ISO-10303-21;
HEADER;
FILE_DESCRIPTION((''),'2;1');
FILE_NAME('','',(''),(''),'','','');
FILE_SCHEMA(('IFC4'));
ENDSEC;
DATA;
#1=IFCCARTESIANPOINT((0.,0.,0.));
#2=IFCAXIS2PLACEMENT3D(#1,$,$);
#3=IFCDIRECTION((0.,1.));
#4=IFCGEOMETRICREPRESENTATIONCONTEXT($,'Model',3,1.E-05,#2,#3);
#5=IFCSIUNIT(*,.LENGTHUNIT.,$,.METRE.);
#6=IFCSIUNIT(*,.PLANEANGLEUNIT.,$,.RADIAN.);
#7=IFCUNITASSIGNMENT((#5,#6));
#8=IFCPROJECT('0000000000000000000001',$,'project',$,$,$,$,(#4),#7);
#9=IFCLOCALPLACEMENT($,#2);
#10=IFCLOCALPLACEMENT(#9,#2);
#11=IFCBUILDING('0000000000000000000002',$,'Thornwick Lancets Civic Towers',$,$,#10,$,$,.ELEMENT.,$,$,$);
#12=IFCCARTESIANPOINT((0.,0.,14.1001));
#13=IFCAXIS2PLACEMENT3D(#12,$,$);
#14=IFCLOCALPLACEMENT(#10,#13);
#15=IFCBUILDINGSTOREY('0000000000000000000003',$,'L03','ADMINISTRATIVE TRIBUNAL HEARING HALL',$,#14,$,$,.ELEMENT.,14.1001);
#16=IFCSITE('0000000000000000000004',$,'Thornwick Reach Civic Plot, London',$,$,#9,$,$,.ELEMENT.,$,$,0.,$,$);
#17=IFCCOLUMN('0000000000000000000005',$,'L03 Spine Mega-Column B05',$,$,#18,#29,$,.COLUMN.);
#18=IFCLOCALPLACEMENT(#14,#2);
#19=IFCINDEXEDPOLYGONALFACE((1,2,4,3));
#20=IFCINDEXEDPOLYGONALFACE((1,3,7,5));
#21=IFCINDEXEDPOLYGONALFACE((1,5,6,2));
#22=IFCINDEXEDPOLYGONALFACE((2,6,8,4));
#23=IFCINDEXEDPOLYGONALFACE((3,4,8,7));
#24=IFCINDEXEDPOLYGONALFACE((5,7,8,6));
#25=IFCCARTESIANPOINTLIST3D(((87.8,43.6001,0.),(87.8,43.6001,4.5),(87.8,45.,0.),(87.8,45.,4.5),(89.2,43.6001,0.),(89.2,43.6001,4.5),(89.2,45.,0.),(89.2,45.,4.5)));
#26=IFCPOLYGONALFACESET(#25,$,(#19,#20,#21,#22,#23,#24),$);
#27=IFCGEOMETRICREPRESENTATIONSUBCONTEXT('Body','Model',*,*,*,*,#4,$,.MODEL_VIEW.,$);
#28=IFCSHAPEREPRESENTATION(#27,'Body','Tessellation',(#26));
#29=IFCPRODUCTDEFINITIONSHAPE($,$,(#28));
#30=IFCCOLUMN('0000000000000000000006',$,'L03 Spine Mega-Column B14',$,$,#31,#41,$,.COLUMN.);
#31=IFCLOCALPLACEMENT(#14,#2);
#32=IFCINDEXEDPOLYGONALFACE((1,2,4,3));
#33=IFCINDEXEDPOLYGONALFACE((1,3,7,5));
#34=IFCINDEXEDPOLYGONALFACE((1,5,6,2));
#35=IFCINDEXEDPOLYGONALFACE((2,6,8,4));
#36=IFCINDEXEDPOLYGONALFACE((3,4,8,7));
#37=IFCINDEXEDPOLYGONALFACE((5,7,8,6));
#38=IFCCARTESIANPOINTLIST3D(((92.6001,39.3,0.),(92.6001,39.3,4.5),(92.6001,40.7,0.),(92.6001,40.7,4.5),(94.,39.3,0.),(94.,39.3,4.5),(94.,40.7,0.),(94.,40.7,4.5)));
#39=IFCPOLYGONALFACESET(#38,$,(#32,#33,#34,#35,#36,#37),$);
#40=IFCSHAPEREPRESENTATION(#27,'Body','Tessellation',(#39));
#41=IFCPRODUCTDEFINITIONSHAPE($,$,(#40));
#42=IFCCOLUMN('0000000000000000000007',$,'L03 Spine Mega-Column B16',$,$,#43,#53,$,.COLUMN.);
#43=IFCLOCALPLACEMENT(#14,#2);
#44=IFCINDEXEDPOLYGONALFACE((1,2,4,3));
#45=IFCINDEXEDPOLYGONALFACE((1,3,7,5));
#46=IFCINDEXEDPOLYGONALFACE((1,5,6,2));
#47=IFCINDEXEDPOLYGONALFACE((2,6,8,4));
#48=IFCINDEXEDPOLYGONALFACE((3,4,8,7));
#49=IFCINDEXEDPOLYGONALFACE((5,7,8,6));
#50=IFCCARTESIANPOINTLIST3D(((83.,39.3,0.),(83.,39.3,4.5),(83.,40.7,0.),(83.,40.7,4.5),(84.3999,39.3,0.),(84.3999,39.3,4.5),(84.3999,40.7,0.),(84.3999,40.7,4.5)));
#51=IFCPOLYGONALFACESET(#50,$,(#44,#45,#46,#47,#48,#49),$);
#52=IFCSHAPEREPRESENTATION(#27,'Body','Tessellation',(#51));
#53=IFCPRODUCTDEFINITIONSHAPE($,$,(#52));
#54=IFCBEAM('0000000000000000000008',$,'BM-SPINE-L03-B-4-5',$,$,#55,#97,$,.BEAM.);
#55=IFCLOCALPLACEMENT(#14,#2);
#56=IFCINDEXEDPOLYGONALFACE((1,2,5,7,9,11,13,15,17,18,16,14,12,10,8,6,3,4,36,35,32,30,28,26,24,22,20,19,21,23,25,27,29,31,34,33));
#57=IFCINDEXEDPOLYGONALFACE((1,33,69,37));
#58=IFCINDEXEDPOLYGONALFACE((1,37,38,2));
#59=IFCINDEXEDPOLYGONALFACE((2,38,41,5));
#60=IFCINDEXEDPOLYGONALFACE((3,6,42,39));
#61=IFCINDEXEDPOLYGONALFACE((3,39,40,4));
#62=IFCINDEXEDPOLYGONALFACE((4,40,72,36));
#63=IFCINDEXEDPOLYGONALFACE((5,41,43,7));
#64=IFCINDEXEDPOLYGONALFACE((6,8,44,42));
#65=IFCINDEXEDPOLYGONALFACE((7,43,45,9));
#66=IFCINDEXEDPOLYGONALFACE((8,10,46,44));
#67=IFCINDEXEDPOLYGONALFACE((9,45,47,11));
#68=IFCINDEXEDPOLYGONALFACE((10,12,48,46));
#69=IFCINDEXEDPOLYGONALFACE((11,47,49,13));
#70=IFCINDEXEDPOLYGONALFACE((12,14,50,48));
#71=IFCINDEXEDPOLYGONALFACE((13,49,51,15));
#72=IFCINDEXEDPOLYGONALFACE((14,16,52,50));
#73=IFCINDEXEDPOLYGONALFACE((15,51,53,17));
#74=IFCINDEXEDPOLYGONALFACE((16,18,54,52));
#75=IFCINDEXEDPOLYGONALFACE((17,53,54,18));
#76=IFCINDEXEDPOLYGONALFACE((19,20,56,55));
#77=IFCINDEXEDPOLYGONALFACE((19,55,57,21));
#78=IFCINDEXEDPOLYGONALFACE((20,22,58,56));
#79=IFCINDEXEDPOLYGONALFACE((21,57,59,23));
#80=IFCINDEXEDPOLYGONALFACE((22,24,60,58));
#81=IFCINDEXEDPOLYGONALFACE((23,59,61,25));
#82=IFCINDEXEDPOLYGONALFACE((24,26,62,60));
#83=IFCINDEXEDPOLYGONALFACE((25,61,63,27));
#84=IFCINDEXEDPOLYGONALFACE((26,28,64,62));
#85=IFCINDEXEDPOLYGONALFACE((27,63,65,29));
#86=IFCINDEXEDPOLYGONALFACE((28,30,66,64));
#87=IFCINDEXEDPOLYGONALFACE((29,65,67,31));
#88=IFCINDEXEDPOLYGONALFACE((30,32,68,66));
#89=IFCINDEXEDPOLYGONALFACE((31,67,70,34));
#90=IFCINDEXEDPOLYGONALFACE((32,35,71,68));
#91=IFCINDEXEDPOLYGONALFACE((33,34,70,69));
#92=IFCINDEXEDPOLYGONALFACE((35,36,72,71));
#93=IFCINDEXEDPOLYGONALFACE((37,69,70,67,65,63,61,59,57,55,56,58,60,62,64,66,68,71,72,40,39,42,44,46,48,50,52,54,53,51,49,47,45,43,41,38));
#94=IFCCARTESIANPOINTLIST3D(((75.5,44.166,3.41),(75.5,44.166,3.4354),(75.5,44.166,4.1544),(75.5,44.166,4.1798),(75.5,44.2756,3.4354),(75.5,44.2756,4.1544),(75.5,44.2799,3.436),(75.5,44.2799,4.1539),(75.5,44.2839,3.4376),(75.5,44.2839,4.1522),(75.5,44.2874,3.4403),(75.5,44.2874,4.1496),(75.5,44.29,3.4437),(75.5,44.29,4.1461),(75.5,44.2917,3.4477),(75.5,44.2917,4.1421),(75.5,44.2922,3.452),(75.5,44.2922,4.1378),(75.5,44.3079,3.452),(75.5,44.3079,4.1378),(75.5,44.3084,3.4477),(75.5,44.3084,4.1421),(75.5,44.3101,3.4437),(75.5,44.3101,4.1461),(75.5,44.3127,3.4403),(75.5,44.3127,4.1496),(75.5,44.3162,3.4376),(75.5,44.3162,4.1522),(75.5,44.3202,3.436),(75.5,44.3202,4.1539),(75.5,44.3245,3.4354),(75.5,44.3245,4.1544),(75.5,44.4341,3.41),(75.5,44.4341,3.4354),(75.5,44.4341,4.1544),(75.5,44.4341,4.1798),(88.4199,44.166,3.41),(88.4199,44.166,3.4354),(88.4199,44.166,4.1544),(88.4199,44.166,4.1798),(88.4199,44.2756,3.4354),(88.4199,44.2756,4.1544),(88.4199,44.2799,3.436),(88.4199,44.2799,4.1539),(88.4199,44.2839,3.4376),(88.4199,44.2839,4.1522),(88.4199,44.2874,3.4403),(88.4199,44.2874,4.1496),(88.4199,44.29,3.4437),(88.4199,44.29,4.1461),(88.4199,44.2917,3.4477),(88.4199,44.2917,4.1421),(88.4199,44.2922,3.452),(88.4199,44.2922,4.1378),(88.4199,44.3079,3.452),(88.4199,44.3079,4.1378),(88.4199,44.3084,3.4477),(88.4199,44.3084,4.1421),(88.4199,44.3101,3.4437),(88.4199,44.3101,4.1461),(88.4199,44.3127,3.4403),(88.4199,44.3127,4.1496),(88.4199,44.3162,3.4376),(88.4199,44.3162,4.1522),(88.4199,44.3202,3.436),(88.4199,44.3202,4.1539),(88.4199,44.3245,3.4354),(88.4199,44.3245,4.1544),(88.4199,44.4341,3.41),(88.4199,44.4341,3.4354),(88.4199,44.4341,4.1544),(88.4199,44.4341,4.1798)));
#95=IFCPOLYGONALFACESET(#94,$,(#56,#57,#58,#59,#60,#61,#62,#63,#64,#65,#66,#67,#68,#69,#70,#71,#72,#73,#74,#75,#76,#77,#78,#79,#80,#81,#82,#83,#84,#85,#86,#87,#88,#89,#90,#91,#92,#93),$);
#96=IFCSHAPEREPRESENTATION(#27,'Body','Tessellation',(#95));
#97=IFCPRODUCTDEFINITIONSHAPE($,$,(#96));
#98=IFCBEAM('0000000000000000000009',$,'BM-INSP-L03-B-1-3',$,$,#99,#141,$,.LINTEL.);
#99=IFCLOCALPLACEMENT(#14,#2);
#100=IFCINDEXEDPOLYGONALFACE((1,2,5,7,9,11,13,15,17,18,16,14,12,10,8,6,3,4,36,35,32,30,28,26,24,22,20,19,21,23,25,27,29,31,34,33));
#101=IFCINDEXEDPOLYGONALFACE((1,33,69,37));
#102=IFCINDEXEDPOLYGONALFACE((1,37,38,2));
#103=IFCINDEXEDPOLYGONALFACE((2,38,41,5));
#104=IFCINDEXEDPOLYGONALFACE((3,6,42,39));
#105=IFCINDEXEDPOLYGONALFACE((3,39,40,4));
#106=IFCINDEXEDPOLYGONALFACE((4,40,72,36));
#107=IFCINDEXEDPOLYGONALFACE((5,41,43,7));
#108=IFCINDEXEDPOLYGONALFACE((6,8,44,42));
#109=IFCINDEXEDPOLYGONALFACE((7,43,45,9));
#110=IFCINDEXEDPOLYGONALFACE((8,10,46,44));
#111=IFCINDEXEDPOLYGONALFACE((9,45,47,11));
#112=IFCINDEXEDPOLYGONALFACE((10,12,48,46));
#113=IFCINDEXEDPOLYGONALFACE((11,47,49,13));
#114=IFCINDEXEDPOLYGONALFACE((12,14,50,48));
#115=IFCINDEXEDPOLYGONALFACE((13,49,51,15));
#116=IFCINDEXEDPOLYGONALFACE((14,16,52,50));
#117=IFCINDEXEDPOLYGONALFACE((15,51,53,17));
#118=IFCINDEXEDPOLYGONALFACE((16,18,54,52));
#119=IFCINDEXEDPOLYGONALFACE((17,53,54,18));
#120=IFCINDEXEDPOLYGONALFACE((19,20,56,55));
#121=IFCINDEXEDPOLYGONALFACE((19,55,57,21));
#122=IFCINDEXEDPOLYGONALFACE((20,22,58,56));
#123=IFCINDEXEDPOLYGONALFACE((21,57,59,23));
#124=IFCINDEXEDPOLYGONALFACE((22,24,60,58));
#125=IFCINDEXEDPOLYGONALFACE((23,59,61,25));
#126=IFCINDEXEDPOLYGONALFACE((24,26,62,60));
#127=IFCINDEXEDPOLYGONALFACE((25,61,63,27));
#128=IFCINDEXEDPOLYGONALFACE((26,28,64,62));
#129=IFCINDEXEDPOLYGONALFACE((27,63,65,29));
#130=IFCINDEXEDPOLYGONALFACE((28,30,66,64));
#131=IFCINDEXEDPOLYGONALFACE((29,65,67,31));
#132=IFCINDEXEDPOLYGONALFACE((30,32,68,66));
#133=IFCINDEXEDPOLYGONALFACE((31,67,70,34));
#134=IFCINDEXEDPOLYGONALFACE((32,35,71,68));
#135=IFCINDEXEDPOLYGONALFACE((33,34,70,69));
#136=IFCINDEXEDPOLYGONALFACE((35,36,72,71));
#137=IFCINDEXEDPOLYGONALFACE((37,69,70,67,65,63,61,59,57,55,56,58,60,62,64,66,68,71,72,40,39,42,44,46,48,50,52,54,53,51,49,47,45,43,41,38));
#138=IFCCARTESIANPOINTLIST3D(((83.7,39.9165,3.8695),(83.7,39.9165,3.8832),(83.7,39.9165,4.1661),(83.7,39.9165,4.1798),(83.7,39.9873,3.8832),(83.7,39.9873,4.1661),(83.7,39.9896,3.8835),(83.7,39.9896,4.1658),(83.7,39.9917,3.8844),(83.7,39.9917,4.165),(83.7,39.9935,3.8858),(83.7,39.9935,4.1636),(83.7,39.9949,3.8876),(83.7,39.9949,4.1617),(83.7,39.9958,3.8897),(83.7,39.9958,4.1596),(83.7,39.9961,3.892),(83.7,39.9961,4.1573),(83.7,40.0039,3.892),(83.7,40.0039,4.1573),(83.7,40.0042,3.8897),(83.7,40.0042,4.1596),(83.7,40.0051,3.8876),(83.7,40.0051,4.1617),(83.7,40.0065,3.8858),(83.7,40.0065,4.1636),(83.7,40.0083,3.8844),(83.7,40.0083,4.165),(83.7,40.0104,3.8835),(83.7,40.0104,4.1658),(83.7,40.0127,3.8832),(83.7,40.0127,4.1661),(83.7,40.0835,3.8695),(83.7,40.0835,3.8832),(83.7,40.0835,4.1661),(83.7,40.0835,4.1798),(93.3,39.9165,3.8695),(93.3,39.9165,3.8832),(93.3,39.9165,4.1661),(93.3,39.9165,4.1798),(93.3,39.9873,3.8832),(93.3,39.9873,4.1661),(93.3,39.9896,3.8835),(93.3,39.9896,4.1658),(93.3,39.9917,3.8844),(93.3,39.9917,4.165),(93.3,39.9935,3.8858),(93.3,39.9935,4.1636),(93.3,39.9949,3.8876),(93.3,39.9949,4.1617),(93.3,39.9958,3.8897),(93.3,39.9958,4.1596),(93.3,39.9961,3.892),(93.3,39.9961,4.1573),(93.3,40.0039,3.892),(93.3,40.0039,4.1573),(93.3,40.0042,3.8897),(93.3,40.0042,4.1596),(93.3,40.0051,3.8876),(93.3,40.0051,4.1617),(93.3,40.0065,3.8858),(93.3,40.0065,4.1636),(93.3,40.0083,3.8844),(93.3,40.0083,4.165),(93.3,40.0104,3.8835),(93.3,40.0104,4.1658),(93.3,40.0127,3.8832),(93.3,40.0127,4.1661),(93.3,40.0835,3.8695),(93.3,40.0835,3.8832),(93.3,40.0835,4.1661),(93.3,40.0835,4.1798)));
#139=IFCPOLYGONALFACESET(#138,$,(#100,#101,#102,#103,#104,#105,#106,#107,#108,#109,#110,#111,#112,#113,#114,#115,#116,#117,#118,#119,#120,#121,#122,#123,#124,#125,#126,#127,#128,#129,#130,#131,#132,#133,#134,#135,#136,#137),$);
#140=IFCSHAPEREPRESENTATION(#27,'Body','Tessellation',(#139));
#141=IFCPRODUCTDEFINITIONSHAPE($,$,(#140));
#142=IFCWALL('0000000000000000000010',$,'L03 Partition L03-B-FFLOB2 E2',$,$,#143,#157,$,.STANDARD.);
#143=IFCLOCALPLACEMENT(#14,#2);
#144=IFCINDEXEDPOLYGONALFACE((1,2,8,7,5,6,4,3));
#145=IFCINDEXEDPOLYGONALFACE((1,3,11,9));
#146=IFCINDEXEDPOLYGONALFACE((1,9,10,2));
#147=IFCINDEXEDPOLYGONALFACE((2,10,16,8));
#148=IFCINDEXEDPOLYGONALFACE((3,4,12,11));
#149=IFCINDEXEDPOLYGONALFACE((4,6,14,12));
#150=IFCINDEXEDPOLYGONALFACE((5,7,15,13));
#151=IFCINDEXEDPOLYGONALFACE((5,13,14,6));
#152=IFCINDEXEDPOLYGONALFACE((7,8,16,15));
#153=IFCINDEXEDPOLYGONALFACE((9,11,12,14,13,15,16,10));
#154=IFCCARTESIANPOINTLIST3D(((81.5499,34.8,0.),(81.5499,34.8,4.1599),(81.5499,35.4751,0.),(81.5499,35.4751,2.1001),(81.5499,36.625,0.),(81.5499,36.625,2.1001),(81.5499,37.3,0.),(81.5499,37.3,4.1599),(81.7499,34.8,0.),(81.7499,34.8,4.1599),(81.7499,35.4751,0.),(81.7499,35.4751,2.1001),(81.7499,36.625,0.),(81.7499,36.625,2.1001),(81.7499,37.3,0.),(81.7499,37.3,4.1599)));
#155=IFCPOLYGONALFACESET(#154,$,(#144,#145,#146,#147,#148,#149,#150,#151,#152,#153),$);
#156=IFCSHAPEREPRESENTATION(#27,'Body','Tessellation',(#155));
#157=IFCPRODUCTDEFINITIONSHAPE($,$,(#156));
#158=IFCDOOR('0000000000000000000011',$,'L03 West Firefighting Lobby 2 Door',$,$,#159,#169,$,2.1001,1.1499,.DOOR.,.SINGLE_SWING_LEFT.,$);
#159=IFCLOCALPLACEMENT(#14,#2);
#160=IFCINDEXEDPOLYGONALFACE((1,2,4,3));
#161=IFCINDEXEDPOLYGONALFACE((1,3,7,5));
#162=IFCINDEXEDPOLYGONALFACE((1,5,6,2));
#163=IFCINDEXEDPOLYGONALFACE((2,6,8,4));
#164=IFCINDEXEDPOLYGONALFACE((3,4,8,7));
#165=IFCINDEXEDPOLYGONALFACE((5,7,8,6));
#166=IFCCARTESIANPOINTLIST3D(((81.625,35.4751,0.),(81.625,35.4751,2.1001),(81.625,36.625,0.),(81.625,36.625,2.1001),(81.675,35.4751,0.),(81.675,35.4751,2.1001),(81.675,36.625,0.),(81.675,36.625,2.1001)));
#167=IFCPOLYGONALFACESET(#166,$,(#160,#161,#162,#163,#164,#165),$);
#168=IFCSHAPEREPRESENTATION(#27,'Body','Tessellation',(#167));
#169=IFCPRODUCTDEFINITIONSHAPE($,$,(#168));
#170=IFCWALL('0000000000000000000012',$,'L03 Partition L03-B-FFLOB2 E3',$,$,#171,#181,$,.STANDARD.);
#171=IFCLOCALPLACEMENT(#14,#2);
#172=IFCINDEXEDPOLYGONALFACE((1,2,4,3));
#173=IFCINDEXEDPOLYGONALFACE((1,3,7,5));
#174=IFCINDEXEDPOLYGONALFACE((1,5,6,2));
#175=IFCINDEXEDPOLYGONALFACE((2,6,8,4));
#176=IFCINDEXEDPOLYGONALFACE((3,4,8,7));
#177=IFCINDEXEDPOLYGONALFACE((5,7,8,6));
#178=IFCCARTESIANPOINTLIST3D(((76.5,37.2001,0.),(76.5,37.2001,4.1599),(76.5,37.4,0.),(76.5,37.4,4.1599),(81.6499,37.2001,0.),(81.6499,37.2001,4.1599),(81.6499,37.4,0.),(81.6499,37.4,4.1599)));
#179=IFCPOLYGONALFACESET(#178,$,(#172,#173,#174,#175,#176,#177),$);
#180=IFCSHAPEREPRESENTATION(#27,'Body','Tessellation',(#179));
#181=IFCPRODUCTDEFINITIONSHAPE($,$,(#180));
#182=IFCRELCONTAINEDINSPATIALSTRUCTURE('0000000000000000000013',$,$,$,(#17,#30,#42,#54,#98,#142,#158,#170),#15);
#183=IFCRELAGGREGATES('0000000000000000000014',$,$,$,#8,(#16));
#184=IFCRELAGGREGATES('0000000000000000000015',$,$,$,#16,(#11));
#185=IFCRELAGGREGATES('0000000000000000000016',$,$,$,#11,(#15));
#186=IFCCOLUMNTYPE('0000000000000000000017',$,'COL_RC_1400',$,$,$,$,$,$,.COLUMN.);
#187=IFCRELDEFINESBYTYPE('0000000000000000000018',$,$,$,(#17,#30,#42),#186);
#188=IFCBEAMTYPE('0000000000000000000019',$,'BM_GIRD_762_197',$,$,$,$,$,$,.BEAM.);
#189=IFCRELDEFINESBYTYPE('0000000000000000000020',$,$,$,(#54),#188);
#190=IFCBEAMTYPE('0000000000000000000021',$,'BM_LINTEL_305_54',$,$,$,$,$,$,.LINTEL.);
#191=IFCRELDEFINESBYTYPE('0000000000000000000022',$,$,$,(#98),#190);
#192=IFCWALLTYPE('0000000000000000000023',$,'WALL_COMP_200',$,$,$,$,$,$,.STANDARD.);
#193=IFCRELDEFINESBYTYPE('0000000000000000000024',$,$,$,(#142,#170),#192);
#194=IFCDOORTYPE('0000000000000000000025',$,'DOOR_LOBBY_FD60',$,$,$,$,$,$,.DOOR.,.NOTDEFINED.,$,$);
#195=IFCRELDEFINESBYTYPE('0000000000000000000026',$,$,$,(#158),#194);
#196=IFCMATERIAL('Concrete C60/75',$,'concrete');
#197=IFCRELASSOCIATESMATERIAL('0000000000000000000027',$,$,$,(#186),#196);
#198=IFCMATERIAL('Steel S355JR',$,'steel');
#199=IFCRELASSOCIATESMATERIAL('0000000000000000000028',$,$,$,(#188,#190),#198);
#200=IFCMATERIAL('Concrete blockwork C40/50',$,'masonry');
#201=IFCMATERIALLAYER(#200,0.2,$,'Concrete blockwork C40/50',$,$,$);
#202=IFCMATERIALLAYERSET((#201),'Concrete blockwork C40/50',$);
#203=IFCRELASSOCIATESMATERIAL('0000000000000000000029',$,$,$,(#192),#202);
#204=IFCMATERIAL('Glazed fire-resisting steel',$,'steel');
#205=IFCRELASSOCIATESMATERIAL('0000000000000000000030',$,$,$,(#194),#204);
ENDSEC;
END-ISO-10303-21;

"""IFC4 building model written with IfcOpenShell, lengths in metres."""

from ifc_helpers import new_model, si_unit, direction, frame, frame_2d, origin, origin_2d, place, context, subcontext, project, spatial, rectangle, i_section, extrude, material, layer, layer_set, material_profile, profile_set, type_object, element, fill, save


model = new_model("IFC4")

# Units and contexts
model_context = context("Model", 3, precision=1e-05, world=origin(), true_north=direction((0.0, 1.0)))
body_context = subcontext(model_context, "Body", "Model", "MODEL_VIEW")
ifc_project = project(units=[si_unit("LENGTHUNIT", "METRE"), si_unit("PLANEANGLEUNIT", "RADIAN")], contexts=[model_context])

# Site, building, storey
site_placement = place(None, origin())
site = spatial("IfcSite", under=ifc_project, at=site_placement, Name="Thornwick Reach Civic Plot, London", CompositionType="ELEMENT", RefElevation=0.0)
building_placement = place(site_placement, origin())
building = spatial("IfcBuilding", under=site, at=building_placement, Name="Thornwick Lancets Civic Towers", CompositionType="ELEMENT")
storey_placement = place(building_placement, frame((0.0, 0.0, 14.1001)))
storey = spatial("IfcBuildingStorey", under=building, at=storey_placement, Name="L03", Description="ADMINISTRATIVE TRIBUNAL HEARING HALL", CompositionType="ELEMENT", Elevation=14.1001)

# Columns
ifc_material_1 = material(Name="Concrete C60/75", Category="concrete")
ifc_material_profile_1 = material_profile(ifc_material_1, rectangle(XDim=1.3999, YDim=1.3999, at=origin_2d()), Name="RC 1400x1400")
ifc_profile_set_1 = profile_set([ifc_material_profile_1], Name="Concrete C60/75")
column_type = type_object("IfcColumnType", Name="COL_RC_1400", PredefinedType="COLUMN", material=ifc_profile_set_1)
for number, where, z_axis, x_axis, name in (
    (1, (88.5, 44.3, 0.0), (0.0, 0.0, 1.0), (1.0, 0.0, 0.0), "L03 Spine Mega-Column B05"),
    (2, (93.3, 40.0, 0.0), (0.0, 0.0, 1.0), (1.0, 0.0, 0.0), "L03 Spine Mega-Column B14"),
    (3, (83.7, 40.0, 0.0), (0.0, 0.0, 1.0), (1.0, 0.0, 0.0), "L03 Spine Mega-Column B16"),
):
    element("IfcColumn", number, at=place(storey_placement, frame(where, z_axis=z_axis, x_axis=x_axis)), inside=storey, type_object=column_type, Name=name, PredefinedType="COLUMN", context=body_context, shape_type="SweptSolid", body=[
        extrude(rectangle(XDim=1.3999, YDim=1.3999, at=origin_2d()), origin(), (0.0, 0.0, 1.0), 4.5),
    ])

# Beams
ifc_material_2 = material(Name="Steel S355JR", Category="steel")
ifc_material_profile_2 = material_profile(ifc_material_2, i_section(OverallWidth=0.2681, OverallDepth=0.7698, WebThickness=0.0156, FlangeThickness=0.0254, FilletRadius=0.0166, at=origin_2d()), Name="UKB 762x267x197")
ifc_profile_set_2 = profile_set([ifc_material_profile_2], Name="Steel S355JR")
beam_type_1 = type_object("IfcBeamType", Name="BM_GIRD_762_197", PredefinedType="BEAM", material=ifc_profile_set_2)
beam_1_placement = place(storey_placement, frame((88.4199, 44.3, 3.7949), z_axis=(-1.0, 0.0, 0.0), x_axis=(0.0, -1.0, 0.0)))
element("IfcBeam", 4, at=beam_1_placement, inside=storey, type_object=beam_type_1, Name="BM-SPINE-L03-B-4-5", PredefinedType="BEAM", context=body_context, shape_type="SweptSolid", body=[
    extrude(i_section(OverallWidth=0.2681, OverallDepth=0.7698, WebThickness=0.0156, FlangeThickness=0.0254, FilletRadius=0.0166, at=origin_2d()), origin(), (0.0, 0.0, 1.0), 12.9199),
])
ifc_material_profile_3 = material_profile(ifc_material_2, i_section(OverallWidth=0.167, OverallDepth=0.3103, WebThickness=0.0078, FlangeThickness=0.0137, FilletRadius=0.0088, at=origin_2d()), Name="UKB 305x165x54")
ifc_profile_set_3 = profile_set([ifc_material_profile_3], Name="Steel S355JR")
beam_type_2 = type_object("IfcBeamType", Name="BM_LINTEL_305_54", PredefinedType="LINTEL", material=ifc_profile_set_3)
beam_2_placement = place(storey_placement, frame((93.3, 40.0, 4.0247), z_axis=(-1.0, 0.0, 0.0), x_axis=(0.0, -1.0, 0.0)))
element("IfcBeam", 5, at=beam_2_placement, inside=storey, type_object=beam_type_2, Name="BM-INSP-L03-B-1-3", PredefinedType="LINTEL", context=body_context, shape_type="SweptSolid", body=[
    extrude(i_section(OverallWidth=0.167, OverallDepth=0.3103, WebThickness=0.0078, FlangeThickness=0.0137, FilletRadius=0.0088, at=origin_2d()), origin(), (0.0, 0.0, 1.0), 9.6001),
])

# Wall, opening, door
ifc_material_3 = material(Name="Concrete blockwork C40/50", Category="masonry")
ifc_layer_1 = layer(ifc_material_3, 0.2, Name="Concrete blockwork C40/50")
ifc_layer_set_1 = layer_set([ifc_layer_1], Name="Concrete blockwork C40/50")
wall_type_1 = type_object("IfcWallType", Name="WALL_COMP_200", PredefinedType="STANDARD", material=ifc_layer_set_1)
wall_1_placement = place(storey_placement, frame((81.6499, 34.8, 0.0), z_axis=(0.0, 0.0, 1.0), x_axis=(0.0, 1.0, 0.0)))
wall_1 = element("IfcWall", 6, at=wall_1_placement, inside=storey, type_object=wall_type_1, Name="L03 Partition L03-B-FFLOB2 E2", PredefinedType="STANDARD", context=body_context, shape_type="SweptSolid", body=[
    extrude(rectangle(XDim=2.5, YDim=0.2, at=frame_2d((1.25, 0.0))), origin(), (0.0, 0.0, 1.0), 4.1599),
])
opening_1_placement = place(wall_1_placement, frame((0.675, 0.0, 0.0)))
opening_1 = element("IfcOpeningElement", 7, at=opening_1_placement, cuts=wall_1, PredefinedType="OPENING", context=body_context, shape_type="SweptSolid", body=[
    extrude(rectangle(XDim=1.1499, YDim=2.1001, at=frame_2d((0.575, 1.05))), frame((0.0, 0.1099, 0.0), z_axis=(0.0, -1.0, 0.0), x_axis=(1.0, 0.0, 0.0)), (0.0, 0.0, 1.0), 0.22),
])
ifc_material_4 = material(Name="Glazed fire-resisting steel", Category="steel")
door_type_1 = type_object("IfcDoorType", Name="DOOR_LOBBY_FD60", OperationType="NOTDEFINED", PredefinedType="DOOR", material=ifc_material_4)
door_1_placement = place(opening_1_placement, origin())
door_1 = element("IfcDoor", 8, at=door_1_placement, inside=storey, type_object=door_type_1, Name="L03 West Firefighting Lobby 2 Door", OperationType="SINGLE_SWING_LEFT", OverallHeight=2.1001, OverallWidth=1.1499, PredefinedType="DOOR", context=body_context, shape_type="SweptSolid", body=[
    extrude(rectangle(XDim=1.1499, YDim=2.1001, at=frame_2d((0.575, 1.05))), frame((0.0, 0.0249, 0.0), z_axis=(0.0, -1.0, 0.0), x_axis=(1.0, 0.0, 0.0)), (0.0, 0.0, 1.0), 0.05),
])
fill(opening_1, door_1)

# Wall
wall_2_placement = place(storey_placement, frame((81.6499, 37.3, 0.0), z_axis=(0.0, 0.0, 1.0), x_axis=(-1.0, 0.0, 0.0)))
element("IfcWall", 9, at=wall_2_placement, inside=storey, type_object=wall_type_1, Name="L03 Partition L03-B-FFLOB2 E3", PredefinedType="STANDARD", context=body_context, shape_type="SweptSolid", body=[
    extrude(rectangle(XDim=5.1499, YDim=0.2, at=frame_2d((2.575, 0.0))), origin(), (0.0, 0.0, 1.0), 4.1599),
])

save(model, "model.ifc")
